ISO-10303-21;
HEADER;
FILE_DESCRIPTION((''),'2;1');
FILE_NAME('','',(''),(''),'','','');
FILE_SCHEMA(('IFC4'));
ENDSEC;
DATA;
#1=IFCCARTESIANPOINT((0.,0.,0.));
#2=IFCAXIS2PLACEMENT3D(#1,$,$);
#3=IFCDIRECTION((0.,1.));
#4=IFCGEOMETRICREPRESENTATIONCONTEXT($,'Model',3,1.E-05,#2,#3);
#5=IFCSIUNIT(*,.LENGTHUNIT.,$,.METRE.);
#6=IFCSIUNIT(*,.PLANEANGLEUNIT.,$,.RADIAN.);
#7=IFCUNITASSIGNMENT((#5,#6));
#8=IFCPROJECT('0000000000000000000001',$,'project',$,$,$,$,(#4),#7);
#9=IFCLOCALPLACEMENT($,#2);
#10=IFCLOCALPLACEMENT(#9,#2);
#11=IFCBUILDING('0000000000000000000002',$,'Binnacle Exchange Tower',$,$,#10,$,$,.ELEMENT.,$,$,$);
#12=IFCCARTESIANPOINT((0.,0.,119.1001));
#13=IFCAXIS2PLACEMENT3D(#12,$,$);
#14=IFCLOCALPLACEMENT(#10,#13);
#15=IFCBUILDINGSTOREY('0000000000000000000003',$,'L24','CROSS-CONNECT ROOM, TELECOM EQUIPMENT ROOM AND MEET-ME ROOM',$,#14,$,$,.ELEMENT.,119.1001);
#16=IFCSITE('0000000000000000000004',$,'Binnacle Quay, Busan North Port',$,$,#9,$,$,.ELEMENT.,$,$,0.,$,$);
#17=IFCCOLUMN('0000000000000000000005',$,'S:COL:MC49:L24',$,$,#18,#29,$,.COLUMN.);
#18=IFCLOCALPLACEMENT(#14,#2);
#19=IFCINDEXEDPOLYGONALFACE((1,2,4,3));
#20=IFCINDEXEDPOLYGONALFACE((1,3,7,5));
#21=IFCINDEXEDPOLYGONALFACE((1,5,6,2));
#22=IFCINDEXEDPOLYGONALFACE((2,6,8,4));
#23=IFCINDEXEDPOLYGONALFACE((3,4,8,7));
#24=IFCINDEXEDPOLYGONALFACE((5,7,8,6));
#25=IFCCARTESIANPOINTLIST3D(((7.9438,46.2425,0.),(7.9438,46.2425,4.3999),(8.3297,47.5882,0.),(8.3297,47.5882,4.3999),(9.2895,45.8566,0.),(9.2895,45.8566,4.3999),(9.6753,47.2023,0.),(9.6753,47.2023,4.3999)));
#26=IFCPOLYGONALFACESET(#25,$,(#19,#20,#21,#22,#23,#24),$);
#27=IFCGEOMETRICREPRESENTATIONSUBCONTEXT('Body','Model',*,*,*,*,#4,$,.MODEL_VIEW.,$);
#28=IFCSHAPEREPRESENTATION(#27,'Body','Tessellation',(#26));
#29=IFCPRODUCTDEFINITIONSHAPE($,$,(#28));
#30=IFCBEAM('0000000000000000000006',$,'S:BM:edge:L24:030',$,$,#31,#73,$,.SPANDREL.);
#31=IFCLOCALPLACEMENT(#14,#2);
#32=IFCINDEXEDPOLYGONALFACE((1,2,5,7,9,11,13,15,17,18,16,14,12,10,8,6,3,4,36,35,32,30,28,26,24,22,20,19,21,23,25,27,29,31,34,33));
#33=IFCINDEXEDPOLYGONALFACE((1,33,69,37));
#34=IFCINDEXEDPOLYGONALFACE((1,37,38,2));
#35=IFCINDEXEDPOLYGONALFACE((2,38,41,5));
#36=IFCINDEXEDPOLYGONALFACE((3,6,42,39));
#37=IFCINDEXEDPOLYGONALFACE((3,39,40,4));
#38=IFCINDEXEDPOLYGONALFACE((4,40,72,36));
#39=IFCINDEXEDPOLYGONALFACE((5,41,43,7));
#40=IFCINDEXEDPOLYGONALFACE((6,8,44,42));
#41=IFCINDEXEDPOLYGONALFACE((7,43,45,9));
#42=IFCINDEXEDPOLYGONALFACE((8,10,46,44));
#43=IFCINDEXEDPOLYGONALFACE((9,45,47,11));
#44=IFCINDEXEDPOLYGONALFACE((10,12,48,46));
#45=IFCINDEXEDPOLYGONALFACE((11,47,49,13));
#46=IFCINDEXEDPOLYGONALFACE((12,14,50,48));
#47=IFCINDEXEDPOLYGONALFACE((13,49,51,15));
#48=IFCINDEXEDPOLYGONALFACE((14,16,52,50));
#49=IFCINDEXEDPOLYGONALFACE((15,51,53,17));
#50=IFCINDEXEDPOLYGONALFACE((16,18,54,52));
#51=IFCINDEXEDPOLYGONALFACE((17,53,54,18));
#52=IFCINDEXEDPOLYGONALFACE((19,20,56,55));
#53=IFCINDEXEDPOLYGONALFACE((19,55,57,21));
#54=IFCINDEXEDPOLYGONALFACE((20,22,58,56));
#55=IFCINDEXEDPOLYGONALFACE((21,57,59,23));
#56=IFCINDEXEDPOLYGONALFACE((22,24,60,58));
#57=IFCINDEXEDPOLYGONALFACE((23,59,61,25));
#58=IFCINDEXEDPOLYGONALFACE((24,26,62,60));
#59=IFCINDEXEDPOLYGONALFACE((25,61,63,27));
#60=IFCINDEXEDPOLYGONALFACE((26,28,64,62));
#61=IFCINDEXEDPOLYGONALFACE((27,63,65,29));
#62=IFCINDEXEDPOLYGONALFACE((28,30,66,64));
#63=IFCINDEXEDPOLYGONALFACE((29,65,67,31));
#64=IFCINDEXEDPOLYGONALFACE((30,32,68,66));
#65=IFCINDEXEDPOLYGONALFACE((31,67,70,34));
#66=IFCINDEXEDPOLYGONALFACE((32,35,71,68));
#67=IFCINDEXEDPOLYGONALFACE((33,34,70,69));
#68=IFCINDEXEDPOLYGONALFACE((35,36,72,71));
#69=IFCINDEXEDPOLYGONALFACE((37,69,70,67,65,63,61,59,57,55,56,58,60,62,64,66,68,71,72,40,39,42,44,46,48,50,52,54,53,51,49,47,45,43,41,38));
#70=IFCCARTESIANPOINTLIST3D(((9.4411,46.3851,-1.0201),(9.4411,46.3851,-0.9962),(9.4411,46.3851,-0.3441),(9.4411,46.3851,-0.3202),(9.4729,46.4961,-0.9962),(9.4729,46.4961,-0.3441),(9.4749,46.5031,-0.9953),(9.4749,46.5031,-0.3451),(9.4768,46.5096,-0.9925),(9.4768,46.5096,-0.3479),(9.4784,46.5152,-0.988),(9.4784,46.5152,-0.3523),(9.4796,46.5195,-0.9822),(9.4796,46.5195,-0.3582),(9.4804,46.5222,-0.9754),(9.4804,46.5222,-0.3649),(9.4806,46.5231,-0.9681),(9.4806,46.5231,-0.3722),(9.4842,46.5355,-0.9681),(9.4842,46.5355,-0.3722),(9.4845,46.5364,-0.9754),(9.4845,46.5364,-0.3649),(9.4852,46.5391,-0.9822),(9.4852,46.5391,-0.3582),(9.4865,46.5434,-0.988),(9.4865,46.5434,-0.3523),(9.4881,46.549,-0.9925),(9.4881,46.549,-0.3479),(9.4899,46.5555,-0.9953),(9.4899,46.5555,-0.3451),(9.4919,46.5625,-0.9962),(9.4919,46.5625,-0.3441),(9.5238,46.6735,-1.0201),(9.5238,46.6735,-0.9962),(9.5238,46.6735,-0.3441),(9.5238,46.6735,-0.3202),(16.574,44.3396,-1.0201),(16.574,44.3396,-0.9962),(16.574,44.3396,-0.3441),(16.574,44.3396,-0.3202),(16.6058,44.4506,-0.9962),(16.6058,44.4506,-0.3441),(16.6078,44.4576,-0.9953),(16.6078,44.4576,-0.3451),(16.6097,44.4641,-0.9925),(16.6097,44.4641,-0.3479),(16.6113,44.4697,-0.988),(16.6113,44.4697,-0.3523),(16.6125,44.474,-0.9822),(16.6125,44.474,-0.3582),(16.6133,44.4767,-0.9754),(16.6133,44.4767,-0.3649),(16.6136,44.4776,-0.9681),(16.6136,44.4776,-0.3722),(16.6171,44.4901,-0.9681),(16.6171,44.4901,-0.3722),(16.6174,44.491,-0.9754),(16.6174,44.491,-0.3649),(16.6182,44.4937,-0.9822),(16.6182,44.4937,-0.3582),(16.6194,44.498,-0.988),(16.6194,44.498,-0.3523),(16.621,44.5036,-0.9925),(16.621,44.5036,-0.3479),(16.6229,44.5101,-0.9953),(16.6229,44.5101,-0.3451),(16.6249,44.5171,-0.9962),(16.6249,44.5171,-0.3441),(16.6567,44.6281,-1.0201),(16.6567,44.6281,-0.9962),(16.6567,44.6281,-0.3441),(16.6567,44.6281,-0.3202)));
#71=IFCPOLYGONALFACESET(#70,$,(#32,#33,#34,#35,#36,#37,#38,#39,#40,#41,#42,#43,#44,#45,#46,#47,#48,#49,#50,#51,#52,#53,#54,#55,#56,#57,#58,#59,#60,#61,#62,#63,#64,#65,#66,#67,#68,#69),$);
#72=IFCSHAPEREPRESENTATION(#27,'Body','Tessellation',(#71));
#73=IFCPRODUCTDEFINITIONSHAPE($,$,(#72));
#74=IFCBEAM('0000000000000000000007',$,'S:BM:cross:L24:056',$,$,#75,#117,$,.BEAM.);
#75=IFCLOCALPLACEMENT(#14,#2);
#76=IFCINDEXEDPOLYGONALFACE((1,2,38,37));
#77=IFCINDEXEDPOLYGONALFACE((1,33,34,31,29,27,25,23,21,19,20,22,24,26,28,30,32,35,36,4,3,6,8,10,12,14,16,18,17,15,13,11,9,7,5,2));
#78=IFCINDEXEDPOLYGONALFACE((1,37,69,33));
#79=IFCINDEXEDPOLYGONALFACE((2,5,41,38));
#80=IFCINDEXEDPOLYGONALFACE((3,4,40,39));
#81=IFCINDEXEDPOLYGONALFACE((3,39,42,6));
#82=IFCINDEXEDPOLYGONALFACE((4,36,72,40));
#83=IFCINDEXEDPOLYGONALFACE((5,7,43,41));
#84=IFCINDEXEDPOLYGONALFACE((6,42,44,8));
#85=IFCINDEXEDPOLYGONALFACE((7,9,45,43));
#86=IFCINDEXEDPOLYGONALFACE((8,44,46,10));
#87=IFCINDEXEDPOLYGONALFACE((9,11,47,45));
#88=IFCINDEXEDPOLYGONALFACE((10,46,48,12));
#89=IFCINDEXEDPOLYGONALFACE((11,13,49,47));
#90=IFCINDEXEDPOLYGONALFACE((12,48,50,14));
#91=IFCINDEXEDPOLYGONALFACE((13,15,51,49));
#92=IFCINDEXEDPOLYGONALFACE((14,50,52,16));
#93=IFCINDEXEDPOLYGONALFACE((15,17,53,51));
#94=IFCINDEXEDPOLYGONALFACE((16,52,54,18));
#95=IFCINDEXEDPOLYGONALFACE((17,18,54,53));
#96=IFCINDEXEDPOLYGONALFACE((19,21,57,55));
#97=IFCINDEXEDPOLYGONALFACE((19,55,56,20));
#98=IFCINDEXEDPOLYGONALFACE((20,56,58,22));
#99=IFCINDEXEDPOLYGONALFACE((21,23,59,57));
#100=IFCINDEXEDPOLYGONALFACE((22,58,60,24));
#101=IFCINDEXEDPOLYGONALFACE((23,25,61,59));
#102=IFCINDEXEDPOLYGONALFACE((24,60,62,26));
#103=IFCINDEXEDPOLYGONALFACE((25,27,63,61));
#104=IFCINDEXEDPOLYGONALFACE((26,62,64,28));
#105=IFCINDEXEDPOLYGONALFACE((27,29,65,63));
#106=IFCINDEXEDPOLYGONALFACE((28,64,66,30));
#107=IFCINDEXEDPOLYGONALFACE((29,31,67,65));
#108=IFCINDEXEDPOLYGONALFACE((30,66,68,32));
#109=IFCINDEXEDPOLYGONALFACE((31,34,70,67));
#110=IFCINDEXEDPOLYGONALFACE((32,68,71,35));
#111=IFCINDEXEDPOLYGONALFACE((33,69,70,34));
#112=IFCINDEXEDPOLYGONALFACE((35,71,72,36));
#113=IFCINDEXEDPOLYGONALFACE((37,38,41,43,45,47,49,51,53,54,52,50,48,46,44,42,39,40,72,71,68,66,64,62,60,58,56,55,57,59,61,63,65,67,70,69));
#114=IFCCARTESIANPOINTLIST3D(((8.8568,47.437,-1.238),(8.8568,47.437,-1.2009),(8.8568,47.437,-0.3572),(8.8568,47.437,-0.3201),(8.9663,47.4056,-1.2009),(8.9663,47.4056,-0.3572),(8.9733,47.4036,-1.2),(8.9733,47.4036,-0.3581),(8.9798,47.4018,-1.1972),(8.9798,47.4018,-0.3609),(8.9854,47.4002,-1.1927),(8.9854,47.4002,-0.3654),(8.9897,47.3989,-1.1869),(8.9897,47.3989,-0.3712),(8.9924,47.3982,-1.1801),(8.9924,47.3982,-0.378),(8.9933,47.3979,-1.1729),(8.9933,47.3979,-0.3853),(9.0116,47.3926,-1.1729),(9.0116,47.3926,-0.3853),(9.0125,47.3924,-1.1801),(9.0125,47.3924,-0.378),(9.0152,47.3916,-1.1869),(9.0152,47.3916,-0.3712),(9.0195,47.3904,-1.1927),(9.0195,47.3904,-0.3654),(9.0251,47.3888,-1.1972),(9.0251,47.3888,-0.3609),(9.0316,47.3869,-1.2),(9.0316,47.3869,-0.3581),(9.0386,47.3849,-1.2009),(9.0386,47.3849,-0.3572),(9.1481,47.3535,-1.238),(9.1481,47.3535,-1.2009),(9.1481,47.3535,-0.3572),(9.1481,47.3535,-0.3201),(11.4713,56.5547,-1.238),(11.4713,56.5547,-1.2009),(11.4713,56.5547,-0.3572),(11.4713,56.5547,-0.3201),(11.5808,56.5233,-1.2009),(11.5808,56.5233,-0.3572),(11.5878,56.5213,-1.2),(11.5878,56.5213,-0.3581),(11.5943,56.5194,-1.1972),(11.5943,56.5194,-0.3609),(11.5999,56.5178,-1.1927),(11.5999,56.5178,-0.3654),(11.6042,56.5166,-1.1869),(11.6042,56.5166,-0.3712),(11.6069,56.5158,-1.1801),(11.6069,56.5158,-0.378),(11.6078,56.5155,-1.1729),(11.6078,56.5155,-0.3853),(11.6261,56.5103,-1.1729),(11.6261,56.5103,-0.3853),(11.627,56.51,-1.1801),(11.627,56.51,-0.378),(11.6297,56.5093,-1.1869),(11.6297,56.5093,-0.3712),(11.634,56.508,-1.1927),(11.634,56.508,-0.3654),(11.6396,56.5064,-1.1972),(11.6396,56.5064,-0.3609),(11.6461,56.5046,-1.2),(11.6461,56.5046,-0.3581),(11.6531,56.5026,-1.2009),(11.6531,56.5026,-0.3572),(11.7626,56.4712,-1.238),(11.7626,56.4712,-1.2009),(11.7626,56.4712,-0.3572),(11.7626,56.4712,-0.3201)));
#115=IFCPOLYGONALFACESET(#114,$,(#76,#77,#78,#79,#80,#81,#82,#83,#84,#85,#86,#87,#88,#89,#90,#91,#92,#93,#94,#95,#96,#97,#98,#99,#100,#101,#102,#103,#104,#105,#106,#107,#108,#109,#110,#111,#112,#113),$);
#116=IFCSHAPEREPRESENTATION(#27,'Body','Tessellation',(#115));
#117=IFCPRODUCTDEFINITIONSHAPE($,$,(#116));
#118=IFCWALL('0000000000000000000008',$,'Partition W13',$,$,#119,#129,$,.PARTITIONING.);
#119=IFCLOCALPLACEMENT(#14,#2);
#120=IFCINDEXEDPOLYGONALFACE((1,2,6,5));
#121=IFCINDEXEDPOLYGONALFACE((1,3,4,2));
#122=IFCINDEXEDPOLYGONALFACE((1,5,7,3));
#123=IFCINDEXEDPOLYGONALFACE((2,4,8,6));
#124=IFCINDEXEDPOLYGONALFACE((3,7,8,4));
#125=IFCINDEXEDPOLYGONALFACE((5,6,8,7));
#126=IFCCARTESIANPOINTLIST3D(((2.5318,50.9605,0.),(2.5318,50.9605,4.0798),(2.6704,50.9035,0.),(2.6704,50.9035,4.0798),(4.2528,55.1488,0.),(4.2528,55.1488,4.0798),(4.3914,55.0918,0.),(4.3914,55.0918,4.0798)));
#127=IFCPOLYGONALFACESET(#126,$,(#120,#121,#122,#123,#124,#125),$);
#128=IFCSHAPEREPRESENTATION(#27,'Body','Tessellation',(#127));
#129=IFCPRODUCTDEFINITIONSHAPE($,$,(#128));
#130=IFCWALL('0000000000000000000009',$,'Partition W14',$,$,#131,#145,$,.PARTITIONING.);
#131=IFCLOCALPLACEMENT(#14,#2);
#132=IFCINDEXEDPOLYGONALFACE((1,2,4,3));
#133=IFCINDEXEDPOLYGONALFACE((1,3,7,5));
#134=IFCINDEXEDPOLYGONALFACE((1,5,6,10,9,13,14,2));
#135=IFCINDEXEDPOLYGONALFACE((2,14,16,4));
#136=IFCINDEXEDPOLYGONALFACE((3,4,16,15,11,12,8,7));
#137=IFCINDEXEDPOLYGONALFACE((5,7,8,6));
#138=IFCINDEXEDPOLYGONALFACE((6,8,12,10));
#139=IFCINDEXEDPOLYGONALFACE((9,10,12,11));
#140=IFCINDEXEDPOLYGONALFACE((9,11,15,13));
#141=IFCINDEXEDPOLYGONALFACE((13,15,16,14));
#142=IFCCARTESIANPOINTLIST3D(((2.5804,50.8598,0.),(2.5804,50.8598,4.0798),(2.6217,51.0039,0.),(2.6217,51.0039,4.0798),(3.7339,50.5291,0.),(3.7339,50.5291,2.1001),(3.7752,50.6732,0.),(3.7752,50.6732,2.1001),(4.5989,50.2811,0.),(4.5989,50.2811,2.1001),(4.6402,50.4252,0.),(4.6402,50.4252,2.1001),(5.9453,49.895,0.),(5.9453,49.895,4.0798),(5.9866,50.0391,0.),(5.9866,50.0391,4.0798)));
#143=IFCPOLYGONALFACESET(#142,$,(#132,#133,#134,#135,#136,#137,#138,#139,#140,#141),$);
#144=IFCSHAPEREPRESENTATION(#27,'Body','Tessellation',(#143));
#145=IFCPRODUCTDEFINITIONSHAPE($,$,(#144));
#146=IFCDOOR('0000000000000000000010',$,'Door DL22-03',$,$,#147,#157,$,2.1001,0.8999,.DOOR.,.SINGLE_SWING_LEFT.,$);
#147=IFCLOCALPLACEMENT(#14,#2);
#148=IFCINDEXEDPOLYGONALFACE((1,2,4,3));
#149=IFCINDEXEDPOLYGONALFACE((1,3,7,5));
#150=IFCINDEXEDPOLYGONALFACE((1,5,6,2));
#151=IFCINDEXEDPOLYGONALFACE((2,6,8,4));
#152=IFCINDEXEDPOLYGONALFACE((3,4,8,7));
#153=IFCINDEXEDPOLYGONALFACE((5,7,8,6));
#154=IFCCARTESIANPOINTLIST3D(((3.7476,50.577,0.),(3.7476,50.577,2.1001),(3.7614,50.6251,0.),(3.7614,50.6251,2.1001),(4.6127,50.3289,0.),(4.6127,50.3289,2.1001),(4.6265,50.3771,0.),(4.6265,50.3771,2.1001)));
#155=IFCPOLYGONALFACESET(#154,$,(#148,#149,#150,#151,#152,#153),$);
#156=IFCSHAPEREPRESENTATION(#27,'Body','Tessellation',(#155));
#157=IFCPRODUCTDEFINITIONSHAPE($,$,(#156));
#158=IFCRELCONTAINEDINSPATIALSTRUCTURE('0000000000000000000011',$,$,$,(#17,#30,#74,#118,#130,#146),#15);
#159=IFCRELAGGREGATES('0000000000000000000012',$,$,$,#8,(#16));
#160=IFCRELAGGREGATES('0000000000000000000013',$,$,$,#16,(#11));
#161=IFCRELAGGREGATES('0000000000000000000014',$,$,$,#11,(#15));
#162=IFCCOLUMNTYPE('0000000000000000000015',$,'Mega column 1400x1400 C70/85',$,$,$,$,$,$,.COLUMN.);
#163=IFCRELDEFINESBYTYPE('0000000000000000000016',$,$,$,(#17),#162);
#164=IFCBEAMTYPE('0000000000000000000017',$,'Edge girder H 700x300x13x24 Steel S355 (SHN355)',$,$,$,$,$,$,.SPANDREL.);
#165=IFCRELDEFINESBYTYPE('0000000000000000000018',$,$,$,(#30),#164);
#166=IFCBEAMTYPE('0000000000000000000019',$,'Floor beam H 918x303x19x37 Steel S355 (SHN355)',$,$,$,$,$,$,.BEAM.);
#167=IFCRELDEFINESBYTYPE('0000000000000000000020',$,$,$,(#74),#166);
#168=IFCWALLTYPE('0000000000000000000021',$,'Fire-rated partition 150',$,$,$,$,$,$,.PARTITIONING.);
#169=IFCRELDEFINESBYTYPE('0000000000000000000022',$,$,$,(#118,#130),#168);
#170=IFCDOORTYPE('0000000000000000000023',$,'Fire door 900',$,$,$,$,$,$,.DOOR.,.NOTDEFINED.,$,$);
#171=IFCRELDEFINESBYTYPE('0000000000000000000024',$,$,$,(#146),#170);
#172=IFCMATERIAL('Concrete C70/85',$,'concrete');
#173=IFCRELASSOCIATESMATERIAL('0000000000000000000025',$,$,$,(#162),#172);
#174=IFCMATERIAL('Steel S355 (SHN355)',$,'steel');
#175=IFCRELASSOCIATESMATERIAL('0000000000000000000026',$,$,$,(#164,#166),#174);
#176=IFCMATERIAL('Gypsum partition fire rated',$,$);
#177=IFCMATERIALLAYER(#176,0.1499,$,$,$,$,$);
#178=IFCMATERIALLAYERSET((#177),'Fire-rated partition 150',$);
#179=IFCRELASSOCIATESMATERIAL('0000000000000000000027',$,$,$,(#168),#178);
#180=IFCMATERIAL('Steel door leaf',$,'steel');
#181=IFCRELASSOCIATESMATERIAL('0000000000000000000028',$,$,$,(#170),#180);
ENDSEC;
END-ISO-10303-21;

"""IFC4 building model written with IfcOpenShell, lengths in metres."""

from ifc_helpers import new_model, si_unit, direction, frame, frame_2d, origin, origin_2d, place, context, subcontext, project, spatial, rectangle, i_section, extrude, material, layer, layer_set, material_profile, profile_set, type_object, element, fill, save


model = new_model("IFC4")

# Units and contexts
model_context = context("Model", 3, precision=1e-05, world=origin(), true_north=direction((0.0, 1.0)))
body_context = subcontext(model_context, "Body", "Model", "MODEL_VIEW")
ifc_project = project(units=[si_unit("LENGTHUNIT", "METRE"), si_unit("PLANEANGLEUNIT", "RADIAN")], contexts=[model_context])

# Site, building, storey
site_placement = place(None, origin())
site = spatial("IfcSite", under=ifc_project, at=site_placement, Name="Binnacle Quay, Busan North Port", CompositionType="ELEMENT", RefElevation=0.0)
building_placement = place(site_placement, origin())
building = spatial("IfcBuilding", under=site, at=building_placement, Name="Binnacle Exchange Tower", CompositionType="ELEMENT")
storey_placement = place(building_placement, frame((0.0, 0.0, 119.1001)))
storey = spatial("IfcBuildingStorey", under=building, at=storey_placement, Name="L24", Description="CROSS-CONNECT ROOM, TELECOM EQUIPMENT ROOM AND MEET-ME ROOM", CompositionType="ELEMENT", Elevation=119.1001)

# Column
ifc_material_1 = material(Name="Concrete C70/85", Category="concrete")
ifc_material_profile_1 = material_profile(ifc_material_1, rectangle(XDim=1.3999, YDim=1.3999, at=origin_2d()), Name="Mega column 1400x1400 C70/85")
ifc_profile_set_1 = profile_set([ifc_material_profile_1], Name="Concrete C70/85")
column_type = type_object("IfcColumnType", Name="Mega column 1400x1400 C70/85", PredefinedType="COLUMN", material=ifc_profile_set_1)
column_placement = place(storey_placement, frame((8.8096, 46.7224, 0.0), z_axis=(0.0, 0.0, 1.0), x_axis=(0.961262, -0.275637, 0.0)))
element("IfcColumn", 1, at=column_placement, inside=storey, type_object=column_type, Name="S:COL:MC49:L24", PredefinedType="COLUMN", context=body_context, shape_type="SweptSolid", body=[
    extrude(rectangle(XDim=1.3999, YDim=1.3999, at=origin_2d()), origin(), (0.0, 0.0, 1.0), 4.3999),
])

# Beams
ifc_material_2 = material(Name="Steel S355 (SHN355)", Category="steel")
ifc_material_profile_2 = material_profile(ifc_material_2, i_section(OverallWidth=0.3, OverallDepth=0.7, WebThickness=0.0129, FlangeThickness=0.0239, FilletRadius=0.0281, at=origin_2d()), Name="H 700x300x13x24")
ifc_profile_set_2 = profile_set([ifc_material_profile_2], Name="Steel S355 (SHN355)")
beam_type_1 = type_object("IfcBeamType", Name="Edge girder H 700x300x13x24 Steel S355 (SHN355)", PredefinedType="SPANDREL", material=ifc_profile_set_2)
beam_1_placement = place(storey_placement, frame((9.4824, 46.5293, -0.6702), z_axis=(0.961258, -0.275651, 0.0), x_axis=(0.275651, 0.961258, 0.0)))
element("IfcBeam", 2, at=beam_1_placement, inside=storey, type_object=beam_type_1, Name="S:BM:edge:L24:030", PredefinedType="SPANDREL", context=body_context, shape_type="SweptSolid", body=[
    extrude(i_section(OverallWidth=0.3, OverallDepth=0.7, WebThickness=0.0129, FlangeThickness=0.0239, FilletRadius=0.0281, at=origin_2d()), origin(), (0.0, 0.0, 1.0), 7.4204),
])
ifc_material_profile_3 = material_profile(ifc_material_2, i_section(OverallWidth=0.303, OverallDepth=0.918, WebThickness=0.019, FlangeThickness=0.0371, FilletRadius=0.0281, at=origin_2d()), Name="H 918x303x19x37")
ifc_profile_set_3 = profile_set([ifc_material_profile_3], Name="Steel S355 (SHN355)")
beam_type_2 = type_object("IfcBeamType", Name="Floor beam H 918x303x19x37 Steel S355 (SHN355)", PredefinedType="BEAM", material=ifc_profile_set_3)
beam_2_placement = place(storey_placement, frame((9.0024, 47.3953, -0.7791), z_axis=(0.275642, 0.96126, 0.0), x_axis=(-0.96126, 0.275642, 0.0)))
element("IfcBeam", 3, at=beam_2_placement, inside=storey, type_object=beam_type_2, Name="S:BM:cross:L24:056", PredefinedType="BEAM", context=body_context, shape_type="SweptSolid", body=[
    extrude(i_section(OverallWidth=0.303, OverallDepth=0.918, WebThickness=0.019, FlangeThickness=0.0371, FilletRadius=0.0281, at=origin_2d()), origin(), (0.0, 0.0, 1.0), 9.4851),
])

# Wall
ifc_material_3 = material(Name="Gypsum partition fire rated")
ifc_layer_1 = layer(ifc_material_3, 0.1499)
ifc_layer_set_1 = layer_set([ifc_layer_1], Name="Fire-rated partition 150")
wall_type_1 = type_object("IfcWallType", Name="Fire-rated partition 150", PredefinedType="PARTITIONING", material=ifc_layer_set_1)
wall_1_placement = place(storey_placement, frame((2.6011, 50.9319, 0.0), z_axis=(0.0, 0.0, 1.0), x_axis=(0.380066, 0.924959, 0.0)))
element("IfcWall", 4, at=wall_1_placement, inside=storey, type_object=wall_type_1, Name="Partition W13", PredefinedType="PARTITIONING", context=body_context, shape_type="SweptSolid", body=[
    extrude(rectangle(XDim=4.5281, YDim=0.1499, at=frame_2d((2.2642, 0.0))), origin(), (0.0, 0.0, 1.0), 4.0798),
])

# Wall, opening, door
wall_2_placement = place(storey_placement, frame((2.6011, 50.9319, 0.0), z_axis=(0.0, 0.0, 1.0), x_axis=(0.961266, -0.275624, 0.0)))
wall_2 = element("IfcWall", 5, at=wall_2_placement, inside=storey, type_object=wall_type_1, Name="Partition W14", PredefinedType="PARTITIONING", context=body_context, shape_type="SweptSolid", body=[
    extrude(rectangle(XDim=3.5005, YDim=0.1499, at=frame_2d((1.7502, 0.0))), origin(), (0.0, 0.0, 1.0), 4.0798),
])
opening_1_placement = place(wall_2_placement, frame((1.2, 0.0, 0.0)))
opening_1 = element("IfcOpeningElement", 6, at=opening_1_placement, cuts=wall_2, PredefinedType="OPENING", context=body_context, shape_type="SweptSolid", body=[
    extrude(rectangle(XDim=0.8999, YDim=2.1001, at=frame_2d((0.45, 1.05))), frame((0.0, 0.085, 0.0), z_axis=(0.0, -1.0, 0.0), x_axis=(1.0, 0.0, 0.0)), (0.0, 0.0, 1.0), 0.1699),
])
ifc_material_4 = material(Name="Steel door leaf", Category="steel")
door_type_1 = type_object("IfcDoorType", Name="Fire door 900", OperationType="NOTDEFINED", PredefinedType="DOOR", material=ifc_material_4)
door_1_placement = place(opening_1_placement, origin())
door_1 = element("IfcDoor", 7, at=door_1_placement, inside=storey, type_object=door_type_1, Name="Door DL22-03", OperationType="SINGLE_SWING_LEFT", OverallHeight=2.1001, OverallWidth=0.8999, PredefinedType="DOOR", context=body_context, shape_type="SweptSolid", body=[
    extrude(rectangle(XDim=0.8999, YDim=2.1001, at=frame_2d((0.45, 1.05))), frame((0.0, 0.0249, 0.0), z_axis=(0.0, -1.0, 0.0), x_axis=(1.0, 0.0, 0.0)), (0.0, 0.0, 1.0), 0.05),
])
fill(opening_1, door_1)

save(model, "model.ifc")
